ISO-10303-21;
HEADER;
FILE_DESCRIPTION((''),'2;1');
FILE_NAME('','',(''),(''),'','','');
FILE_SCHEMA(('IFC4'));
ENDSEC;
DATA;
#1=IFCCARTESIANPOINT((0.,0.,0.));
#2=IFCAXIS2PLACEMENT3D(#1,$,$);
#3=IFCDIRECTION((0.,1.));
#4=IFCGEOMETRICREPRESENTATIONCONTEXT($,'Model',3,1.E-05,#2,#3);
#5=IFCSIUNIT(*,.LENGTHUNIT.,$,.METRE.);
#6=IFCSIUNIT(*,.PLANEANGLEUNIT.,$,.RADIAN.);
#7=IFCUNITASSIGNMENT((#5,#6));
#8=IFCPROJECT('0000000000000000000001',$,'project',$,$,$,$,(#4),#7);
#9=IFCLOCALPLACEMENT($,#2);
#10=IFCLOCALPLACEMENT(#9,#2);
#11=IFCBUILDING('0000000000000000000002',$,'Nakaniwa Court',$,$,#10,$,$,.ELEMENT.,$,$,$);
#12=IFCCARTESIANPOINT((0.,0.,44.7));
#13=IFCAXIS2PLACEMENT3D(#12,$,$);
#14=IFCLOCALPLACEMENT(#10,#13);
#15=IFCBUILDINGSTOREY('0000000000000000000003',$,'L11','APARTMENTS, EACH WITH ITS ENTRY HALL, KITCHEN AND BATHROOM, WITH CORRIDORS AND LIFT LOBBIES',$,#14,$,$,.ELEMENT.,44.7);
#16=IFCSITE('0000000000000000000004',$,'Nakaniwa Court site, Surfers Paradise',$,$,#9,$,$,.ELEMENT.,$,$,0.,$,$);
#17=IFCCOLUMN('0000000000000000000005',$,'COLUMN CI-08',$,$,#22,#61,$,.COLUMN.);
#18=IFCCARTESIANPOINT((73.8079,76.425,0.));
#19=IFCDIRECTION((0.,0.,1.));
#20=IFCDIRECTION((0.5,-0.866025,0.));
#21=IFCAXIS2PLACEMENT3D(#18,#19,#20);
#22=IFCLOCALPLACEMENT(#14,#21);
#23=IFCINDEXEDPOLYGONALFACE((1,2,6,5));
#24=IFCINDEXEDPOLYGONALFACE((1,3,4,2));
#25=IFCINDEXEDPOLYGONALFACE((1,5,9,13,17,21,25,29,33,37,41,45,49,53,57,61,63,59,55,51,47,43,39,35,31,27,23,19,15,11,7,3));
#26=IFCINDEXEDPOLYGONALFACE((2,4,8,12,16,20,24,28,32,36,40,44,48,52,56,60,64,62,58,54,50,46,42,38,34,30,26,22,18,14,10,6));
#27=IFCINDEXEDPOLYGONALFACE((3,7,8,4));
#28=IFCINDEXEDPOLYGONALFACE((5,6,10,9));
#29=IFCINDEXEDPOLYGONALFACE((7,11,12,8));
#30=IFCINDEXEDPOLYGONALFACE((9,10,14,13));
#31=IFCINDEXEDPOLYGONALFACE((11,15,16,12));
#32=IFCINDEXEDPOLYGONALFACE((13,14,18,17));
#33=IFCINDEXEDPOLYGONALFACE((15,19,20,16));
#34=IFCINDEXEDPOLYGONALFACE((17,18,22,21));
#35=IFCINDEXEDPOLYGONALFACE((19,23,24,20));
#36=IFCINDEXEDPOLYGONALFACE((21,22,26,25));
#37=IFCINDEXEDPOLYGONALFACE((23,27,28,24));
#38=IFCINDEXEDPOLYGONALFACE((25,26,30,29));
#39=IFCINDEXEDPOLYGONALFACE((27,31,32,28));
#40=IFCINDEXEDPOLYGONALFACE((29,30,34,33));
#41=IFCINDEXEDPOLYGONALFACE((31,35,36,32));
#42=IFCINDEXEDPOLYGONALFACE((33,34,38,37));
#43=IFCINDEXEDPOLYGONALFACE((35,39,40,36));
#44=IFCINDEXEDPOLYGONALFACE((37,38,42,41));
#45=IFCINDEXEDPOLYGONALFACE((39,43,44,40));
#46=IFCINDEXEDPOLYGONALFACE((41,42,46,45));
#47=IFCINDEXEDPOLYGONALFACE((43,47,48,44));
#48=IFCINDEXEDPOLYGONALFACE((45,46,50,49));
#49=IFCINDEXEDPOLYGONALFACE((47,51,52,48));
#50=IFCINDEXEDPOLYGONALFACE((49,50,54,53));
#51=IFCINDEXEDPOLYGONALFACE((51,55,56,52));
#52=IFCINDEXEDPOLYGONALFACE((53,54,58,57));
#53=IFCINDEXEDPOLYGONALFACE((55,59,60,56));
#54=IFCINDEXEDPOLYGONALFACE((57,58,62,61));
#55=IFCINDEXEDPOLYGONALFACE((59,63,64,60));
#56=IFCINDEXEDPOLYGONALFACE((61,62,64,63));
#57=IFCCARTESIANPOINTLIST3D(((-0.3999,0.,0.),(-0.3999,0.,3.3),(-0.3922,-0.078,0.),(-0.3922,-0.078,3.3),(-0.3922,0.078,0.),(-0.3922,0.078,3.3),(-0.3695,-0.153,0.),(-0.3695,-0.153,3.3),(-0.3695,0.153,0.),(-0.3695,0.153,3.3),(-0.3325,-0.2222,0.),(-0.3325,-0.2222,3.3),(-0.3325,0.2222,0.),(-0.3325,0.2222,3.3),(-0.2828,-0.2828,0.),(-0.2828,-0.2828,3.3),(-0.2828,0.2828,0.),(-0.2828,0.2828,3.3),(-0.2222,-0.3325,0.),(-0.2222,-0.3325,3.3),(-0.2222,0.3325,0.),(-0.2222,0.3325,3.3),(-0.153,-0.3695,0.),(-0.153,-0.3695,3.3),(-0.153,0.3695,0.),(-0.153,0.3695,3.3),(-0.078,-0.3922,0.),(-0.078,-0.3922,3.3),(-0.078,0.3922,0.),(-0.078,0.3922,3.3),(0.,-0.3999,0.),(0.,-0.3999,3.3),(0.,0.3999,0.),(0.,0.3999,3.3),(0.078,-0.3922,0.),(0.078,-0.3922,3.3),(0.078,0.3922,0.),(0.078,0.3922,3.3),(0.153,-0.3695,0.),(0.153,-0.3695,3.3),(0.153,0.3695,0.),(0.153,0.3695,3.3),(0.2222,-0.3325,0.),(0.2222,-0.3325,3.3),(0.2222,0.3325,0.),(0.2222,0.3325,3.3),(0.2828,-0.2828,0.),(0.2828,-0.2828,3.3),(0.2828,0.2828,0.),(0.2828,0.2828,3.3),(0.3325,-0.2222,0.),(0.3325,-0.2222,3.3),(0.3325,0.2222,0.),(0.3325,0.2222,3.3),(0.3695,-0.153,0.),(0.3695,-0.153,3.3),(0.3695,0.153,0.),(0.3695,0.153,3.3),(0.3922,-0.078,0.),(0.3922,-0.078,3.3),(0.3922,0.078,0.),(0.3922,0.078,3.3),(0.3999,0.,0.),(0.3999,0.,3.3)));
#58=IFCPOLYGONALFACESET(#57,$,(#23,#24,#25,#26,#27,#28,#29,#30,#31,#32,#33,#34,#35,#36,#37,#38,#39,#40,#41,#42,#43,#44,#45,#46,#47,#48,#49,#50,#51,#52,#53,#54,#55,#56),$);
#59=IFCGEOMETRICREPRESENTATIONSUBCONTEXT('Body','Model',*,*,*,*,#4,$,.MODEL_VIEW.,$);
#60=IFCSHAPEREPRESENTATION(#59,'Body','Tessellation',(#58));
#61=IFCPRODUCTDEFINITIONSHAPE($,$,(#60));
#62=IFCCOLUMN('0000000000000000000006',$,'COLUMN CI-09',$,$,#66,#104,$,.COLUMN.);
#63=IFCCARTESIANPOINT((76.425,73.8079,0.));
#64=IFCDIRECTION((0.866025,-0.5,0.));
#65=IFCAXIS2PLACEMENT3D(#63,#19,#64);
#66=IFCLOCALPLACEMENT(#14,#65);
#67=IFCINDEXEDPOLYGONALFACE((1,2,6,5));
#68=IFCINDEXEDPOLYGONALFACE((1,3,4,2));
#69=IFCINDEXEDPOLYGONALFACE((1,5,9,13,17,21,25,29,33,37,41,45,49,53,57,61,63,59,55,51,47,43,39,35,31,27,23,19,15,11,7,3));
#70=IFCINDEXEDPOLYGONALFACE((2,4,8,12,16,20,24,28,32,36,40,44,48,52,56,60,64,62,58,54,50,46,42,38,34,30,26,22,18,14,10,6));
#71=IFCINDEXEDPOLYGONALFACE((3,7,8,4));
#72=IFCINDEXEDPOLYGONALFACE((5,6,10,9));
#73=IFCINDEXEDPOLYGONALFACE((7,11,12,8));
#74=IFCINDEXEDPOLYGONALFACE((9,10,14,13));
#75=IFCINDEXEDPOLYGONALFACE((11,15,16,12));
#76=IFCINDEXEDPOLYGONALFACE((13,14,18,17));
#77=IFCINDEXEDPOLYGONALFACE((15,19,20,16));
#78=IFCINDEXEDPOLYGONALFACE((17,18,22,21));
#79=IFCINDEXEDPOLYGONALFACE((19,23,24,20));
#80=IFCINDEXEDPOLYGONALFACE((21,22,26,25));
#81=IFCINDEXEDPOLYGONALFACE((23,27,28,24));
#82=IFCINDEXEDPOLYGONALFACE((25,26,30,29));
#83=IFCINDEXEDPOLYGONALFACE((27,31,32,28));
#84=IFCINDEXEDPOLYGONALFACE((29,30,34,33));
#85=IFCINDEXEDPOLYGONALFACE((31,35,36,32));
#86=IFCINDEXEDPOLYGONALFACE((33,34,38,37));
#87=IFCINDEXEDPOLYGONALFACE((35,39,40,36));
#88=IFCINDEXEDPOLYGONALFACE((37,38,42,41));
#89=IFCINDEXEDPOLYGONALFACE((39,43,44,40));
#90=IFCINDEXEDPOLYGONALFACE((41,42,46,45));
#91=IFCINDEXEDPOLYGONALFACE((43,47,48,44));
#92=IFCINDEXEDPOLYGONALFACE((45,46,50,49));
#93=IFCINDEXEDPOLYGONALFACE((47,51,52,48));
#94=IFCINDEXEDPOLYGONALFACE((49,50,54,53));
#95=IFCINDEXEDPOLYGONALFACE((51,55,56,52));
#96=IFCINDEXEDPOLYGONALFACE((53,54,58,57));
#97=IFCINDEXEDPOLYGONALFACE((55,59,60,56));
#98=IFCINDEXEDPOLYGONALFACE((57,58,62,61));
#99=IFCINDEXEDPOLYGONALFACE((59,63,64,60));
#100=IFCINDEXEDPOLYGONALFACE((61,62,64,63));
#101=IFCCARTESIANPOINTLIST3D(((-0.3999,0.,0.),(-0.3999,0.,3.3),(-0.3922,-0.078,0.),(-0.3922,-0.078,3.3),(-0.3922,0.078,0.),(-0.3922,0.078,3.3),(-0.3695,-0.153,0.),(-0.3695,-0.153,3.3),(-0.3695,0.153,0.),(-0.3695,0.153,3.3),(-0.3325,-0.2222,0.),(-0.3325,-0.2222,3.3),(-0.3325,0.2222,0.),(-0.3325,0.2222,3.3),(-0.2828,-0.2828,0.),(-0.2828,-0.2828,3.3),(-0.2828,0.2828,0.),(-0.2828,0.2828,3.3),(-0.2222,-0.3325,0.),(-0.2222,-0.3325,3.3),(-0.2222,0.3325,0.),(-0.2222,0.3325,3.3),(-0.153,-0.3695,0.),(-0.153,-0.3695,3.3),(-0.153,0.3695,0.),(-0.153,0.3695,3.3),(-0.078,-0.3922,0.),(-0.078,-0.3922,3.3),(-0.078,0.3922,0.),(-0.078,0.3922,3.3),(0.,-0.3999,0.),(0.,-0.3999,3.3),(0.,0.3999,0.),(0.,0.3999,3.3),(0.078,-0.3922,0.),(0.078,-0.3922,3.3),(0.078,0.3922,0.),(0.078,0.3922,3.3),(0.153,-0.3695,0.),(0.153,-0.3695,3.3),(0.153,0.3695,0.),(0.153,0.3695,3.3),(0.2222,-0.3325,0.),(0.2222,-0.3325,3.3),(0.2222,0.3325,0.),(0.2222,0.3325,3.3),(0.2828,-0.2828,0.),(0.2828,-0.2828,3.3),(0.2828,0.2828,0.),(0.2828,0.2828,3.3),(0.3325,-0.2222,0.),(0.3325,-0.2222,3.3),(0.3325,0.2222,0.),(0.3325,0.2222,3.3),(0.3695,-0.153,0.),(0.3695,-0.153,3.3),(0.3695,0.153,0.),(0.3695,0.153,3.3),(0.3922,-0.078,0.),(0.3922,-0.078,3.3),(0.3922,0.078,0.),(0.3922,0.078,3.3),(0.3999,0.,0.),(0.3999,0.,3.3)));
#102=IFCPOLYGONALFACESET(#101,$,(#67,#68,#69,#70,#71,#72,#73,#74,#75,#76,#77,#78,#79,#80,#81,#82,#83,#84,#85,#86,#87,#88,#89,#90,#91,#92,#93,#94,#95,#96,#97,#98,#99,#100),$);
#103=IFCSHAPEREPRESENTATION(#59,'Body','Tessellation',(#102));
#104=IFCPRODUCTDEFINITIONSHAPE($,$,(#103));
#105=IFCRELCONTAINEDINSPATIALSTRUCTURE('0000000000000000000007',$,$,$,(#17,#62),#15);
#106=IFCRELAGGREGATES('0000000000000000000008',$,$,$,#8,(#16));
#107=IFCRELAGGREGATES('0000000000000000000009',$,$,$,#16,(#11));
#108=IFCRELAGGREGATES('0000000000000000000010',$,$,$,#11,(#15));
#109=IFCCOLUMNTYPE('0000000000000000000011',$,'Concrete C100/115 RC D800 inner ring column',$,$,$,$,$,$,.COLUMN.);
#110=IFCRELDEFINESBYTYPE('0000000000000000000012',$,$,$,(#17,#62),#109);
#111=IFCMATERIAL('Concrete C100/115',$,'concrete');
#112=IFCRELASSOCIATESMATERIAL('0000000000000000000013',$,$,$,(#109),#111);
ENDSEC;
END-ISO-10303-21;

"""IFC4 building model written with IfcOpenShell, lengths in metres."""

from ifc_helpers import new_model, si_unit, direction, frame, origin, origin_2d, place, context, subcontext, project, spatial, circle, extrude, material, material_profile, profile_set, type_object, element, save


model = new_model("IFC4")

# Units and contexts
model_context = context("Model", 3, precision=1e-05, world=origin(), true_north=direction((0.0, 1.0)))
body_context = subcontext(model_context, "Body", "Model", "MODEL_VIEW")
ifc_project = project(units=[si_unit("LENGTHUNIT", "METRE"), si_unit("PLANEANGLEUNIT", "RADIAN")], contexts=[model_context])

# Site, building, storey
site_placement = place(None, origin())
site = spatial("IfcSite", under=ifc_project, at=site_placement, Name="Nakaniwa Court site, Surfers Paradise", CompositionType="ELEMENT", RefElevation=0.0)
building_placement = place(site_placement, origin())
building = spatial("IfcBuilding", under=site, at=building_placement, Name="Nakaniwa Court", CompositionType="ELEMENT")
storey_placement = place(building_placement, frame((0.0, 0.0, 44.7)))
storey = spatial("IfcBuildingStorey", under=building, at=storey_placement, Name="L11", Description="APARTMENTS, EACH WITH ITS ENTRY HALL, KITCHEN AND BATHROOM, WITH CORRIDORS AND LIFT LOBBIES", CompositionType="ELEMENT", Elevation=44.7)

# Columns
ifc_material_1 = material(Name="Concrete C100/115", Category="concrete")
ifc_material_profile_1 = material_profile(ifc_material_1, circle(Radius=0.3999, at=origin_2d()), Name="Concrete C100/115 RC D800 inner ring column")
ifc_profile_set_1 = profile_set([ifc_material_profile_1], Name="Concrete C100/115")
column_type_1 = type_object("IfcColumnType", Name="Concrete C100/115 RC D800 inner ring column", PredefinedType="COLUMN", material=ifc_profile_set_1)
for number, where, z_axis, x_axis, name in (
    (1, (73.8079, 76.425, 0.0), (0.0, 0.0, 1.0), (0.5, -0.866025, 0.0), "COLUMN CI-08"),
    (2, (76.425, 73.8079, 0.0), (0.0, 0.0, 1.0), (0.866025, -0.5, 0.0), "COLUMN CI-09"),
):
    element("IfcColumn", number, at=place(storey_placement, frame(where, z_axis=z_axis, x_axis=x_axis)), inside=storey, type_object=column_type_1, Name=name, PredefinedType="COLUMN", context=body_context, shape_type="SweptSolid", body=[
        extrude(circle(Radius=0.3999, at=origin_2d()), origin(), (0.0, 0.0, 1.0), 3.3),
    ])

save(model, "model.ifc")
